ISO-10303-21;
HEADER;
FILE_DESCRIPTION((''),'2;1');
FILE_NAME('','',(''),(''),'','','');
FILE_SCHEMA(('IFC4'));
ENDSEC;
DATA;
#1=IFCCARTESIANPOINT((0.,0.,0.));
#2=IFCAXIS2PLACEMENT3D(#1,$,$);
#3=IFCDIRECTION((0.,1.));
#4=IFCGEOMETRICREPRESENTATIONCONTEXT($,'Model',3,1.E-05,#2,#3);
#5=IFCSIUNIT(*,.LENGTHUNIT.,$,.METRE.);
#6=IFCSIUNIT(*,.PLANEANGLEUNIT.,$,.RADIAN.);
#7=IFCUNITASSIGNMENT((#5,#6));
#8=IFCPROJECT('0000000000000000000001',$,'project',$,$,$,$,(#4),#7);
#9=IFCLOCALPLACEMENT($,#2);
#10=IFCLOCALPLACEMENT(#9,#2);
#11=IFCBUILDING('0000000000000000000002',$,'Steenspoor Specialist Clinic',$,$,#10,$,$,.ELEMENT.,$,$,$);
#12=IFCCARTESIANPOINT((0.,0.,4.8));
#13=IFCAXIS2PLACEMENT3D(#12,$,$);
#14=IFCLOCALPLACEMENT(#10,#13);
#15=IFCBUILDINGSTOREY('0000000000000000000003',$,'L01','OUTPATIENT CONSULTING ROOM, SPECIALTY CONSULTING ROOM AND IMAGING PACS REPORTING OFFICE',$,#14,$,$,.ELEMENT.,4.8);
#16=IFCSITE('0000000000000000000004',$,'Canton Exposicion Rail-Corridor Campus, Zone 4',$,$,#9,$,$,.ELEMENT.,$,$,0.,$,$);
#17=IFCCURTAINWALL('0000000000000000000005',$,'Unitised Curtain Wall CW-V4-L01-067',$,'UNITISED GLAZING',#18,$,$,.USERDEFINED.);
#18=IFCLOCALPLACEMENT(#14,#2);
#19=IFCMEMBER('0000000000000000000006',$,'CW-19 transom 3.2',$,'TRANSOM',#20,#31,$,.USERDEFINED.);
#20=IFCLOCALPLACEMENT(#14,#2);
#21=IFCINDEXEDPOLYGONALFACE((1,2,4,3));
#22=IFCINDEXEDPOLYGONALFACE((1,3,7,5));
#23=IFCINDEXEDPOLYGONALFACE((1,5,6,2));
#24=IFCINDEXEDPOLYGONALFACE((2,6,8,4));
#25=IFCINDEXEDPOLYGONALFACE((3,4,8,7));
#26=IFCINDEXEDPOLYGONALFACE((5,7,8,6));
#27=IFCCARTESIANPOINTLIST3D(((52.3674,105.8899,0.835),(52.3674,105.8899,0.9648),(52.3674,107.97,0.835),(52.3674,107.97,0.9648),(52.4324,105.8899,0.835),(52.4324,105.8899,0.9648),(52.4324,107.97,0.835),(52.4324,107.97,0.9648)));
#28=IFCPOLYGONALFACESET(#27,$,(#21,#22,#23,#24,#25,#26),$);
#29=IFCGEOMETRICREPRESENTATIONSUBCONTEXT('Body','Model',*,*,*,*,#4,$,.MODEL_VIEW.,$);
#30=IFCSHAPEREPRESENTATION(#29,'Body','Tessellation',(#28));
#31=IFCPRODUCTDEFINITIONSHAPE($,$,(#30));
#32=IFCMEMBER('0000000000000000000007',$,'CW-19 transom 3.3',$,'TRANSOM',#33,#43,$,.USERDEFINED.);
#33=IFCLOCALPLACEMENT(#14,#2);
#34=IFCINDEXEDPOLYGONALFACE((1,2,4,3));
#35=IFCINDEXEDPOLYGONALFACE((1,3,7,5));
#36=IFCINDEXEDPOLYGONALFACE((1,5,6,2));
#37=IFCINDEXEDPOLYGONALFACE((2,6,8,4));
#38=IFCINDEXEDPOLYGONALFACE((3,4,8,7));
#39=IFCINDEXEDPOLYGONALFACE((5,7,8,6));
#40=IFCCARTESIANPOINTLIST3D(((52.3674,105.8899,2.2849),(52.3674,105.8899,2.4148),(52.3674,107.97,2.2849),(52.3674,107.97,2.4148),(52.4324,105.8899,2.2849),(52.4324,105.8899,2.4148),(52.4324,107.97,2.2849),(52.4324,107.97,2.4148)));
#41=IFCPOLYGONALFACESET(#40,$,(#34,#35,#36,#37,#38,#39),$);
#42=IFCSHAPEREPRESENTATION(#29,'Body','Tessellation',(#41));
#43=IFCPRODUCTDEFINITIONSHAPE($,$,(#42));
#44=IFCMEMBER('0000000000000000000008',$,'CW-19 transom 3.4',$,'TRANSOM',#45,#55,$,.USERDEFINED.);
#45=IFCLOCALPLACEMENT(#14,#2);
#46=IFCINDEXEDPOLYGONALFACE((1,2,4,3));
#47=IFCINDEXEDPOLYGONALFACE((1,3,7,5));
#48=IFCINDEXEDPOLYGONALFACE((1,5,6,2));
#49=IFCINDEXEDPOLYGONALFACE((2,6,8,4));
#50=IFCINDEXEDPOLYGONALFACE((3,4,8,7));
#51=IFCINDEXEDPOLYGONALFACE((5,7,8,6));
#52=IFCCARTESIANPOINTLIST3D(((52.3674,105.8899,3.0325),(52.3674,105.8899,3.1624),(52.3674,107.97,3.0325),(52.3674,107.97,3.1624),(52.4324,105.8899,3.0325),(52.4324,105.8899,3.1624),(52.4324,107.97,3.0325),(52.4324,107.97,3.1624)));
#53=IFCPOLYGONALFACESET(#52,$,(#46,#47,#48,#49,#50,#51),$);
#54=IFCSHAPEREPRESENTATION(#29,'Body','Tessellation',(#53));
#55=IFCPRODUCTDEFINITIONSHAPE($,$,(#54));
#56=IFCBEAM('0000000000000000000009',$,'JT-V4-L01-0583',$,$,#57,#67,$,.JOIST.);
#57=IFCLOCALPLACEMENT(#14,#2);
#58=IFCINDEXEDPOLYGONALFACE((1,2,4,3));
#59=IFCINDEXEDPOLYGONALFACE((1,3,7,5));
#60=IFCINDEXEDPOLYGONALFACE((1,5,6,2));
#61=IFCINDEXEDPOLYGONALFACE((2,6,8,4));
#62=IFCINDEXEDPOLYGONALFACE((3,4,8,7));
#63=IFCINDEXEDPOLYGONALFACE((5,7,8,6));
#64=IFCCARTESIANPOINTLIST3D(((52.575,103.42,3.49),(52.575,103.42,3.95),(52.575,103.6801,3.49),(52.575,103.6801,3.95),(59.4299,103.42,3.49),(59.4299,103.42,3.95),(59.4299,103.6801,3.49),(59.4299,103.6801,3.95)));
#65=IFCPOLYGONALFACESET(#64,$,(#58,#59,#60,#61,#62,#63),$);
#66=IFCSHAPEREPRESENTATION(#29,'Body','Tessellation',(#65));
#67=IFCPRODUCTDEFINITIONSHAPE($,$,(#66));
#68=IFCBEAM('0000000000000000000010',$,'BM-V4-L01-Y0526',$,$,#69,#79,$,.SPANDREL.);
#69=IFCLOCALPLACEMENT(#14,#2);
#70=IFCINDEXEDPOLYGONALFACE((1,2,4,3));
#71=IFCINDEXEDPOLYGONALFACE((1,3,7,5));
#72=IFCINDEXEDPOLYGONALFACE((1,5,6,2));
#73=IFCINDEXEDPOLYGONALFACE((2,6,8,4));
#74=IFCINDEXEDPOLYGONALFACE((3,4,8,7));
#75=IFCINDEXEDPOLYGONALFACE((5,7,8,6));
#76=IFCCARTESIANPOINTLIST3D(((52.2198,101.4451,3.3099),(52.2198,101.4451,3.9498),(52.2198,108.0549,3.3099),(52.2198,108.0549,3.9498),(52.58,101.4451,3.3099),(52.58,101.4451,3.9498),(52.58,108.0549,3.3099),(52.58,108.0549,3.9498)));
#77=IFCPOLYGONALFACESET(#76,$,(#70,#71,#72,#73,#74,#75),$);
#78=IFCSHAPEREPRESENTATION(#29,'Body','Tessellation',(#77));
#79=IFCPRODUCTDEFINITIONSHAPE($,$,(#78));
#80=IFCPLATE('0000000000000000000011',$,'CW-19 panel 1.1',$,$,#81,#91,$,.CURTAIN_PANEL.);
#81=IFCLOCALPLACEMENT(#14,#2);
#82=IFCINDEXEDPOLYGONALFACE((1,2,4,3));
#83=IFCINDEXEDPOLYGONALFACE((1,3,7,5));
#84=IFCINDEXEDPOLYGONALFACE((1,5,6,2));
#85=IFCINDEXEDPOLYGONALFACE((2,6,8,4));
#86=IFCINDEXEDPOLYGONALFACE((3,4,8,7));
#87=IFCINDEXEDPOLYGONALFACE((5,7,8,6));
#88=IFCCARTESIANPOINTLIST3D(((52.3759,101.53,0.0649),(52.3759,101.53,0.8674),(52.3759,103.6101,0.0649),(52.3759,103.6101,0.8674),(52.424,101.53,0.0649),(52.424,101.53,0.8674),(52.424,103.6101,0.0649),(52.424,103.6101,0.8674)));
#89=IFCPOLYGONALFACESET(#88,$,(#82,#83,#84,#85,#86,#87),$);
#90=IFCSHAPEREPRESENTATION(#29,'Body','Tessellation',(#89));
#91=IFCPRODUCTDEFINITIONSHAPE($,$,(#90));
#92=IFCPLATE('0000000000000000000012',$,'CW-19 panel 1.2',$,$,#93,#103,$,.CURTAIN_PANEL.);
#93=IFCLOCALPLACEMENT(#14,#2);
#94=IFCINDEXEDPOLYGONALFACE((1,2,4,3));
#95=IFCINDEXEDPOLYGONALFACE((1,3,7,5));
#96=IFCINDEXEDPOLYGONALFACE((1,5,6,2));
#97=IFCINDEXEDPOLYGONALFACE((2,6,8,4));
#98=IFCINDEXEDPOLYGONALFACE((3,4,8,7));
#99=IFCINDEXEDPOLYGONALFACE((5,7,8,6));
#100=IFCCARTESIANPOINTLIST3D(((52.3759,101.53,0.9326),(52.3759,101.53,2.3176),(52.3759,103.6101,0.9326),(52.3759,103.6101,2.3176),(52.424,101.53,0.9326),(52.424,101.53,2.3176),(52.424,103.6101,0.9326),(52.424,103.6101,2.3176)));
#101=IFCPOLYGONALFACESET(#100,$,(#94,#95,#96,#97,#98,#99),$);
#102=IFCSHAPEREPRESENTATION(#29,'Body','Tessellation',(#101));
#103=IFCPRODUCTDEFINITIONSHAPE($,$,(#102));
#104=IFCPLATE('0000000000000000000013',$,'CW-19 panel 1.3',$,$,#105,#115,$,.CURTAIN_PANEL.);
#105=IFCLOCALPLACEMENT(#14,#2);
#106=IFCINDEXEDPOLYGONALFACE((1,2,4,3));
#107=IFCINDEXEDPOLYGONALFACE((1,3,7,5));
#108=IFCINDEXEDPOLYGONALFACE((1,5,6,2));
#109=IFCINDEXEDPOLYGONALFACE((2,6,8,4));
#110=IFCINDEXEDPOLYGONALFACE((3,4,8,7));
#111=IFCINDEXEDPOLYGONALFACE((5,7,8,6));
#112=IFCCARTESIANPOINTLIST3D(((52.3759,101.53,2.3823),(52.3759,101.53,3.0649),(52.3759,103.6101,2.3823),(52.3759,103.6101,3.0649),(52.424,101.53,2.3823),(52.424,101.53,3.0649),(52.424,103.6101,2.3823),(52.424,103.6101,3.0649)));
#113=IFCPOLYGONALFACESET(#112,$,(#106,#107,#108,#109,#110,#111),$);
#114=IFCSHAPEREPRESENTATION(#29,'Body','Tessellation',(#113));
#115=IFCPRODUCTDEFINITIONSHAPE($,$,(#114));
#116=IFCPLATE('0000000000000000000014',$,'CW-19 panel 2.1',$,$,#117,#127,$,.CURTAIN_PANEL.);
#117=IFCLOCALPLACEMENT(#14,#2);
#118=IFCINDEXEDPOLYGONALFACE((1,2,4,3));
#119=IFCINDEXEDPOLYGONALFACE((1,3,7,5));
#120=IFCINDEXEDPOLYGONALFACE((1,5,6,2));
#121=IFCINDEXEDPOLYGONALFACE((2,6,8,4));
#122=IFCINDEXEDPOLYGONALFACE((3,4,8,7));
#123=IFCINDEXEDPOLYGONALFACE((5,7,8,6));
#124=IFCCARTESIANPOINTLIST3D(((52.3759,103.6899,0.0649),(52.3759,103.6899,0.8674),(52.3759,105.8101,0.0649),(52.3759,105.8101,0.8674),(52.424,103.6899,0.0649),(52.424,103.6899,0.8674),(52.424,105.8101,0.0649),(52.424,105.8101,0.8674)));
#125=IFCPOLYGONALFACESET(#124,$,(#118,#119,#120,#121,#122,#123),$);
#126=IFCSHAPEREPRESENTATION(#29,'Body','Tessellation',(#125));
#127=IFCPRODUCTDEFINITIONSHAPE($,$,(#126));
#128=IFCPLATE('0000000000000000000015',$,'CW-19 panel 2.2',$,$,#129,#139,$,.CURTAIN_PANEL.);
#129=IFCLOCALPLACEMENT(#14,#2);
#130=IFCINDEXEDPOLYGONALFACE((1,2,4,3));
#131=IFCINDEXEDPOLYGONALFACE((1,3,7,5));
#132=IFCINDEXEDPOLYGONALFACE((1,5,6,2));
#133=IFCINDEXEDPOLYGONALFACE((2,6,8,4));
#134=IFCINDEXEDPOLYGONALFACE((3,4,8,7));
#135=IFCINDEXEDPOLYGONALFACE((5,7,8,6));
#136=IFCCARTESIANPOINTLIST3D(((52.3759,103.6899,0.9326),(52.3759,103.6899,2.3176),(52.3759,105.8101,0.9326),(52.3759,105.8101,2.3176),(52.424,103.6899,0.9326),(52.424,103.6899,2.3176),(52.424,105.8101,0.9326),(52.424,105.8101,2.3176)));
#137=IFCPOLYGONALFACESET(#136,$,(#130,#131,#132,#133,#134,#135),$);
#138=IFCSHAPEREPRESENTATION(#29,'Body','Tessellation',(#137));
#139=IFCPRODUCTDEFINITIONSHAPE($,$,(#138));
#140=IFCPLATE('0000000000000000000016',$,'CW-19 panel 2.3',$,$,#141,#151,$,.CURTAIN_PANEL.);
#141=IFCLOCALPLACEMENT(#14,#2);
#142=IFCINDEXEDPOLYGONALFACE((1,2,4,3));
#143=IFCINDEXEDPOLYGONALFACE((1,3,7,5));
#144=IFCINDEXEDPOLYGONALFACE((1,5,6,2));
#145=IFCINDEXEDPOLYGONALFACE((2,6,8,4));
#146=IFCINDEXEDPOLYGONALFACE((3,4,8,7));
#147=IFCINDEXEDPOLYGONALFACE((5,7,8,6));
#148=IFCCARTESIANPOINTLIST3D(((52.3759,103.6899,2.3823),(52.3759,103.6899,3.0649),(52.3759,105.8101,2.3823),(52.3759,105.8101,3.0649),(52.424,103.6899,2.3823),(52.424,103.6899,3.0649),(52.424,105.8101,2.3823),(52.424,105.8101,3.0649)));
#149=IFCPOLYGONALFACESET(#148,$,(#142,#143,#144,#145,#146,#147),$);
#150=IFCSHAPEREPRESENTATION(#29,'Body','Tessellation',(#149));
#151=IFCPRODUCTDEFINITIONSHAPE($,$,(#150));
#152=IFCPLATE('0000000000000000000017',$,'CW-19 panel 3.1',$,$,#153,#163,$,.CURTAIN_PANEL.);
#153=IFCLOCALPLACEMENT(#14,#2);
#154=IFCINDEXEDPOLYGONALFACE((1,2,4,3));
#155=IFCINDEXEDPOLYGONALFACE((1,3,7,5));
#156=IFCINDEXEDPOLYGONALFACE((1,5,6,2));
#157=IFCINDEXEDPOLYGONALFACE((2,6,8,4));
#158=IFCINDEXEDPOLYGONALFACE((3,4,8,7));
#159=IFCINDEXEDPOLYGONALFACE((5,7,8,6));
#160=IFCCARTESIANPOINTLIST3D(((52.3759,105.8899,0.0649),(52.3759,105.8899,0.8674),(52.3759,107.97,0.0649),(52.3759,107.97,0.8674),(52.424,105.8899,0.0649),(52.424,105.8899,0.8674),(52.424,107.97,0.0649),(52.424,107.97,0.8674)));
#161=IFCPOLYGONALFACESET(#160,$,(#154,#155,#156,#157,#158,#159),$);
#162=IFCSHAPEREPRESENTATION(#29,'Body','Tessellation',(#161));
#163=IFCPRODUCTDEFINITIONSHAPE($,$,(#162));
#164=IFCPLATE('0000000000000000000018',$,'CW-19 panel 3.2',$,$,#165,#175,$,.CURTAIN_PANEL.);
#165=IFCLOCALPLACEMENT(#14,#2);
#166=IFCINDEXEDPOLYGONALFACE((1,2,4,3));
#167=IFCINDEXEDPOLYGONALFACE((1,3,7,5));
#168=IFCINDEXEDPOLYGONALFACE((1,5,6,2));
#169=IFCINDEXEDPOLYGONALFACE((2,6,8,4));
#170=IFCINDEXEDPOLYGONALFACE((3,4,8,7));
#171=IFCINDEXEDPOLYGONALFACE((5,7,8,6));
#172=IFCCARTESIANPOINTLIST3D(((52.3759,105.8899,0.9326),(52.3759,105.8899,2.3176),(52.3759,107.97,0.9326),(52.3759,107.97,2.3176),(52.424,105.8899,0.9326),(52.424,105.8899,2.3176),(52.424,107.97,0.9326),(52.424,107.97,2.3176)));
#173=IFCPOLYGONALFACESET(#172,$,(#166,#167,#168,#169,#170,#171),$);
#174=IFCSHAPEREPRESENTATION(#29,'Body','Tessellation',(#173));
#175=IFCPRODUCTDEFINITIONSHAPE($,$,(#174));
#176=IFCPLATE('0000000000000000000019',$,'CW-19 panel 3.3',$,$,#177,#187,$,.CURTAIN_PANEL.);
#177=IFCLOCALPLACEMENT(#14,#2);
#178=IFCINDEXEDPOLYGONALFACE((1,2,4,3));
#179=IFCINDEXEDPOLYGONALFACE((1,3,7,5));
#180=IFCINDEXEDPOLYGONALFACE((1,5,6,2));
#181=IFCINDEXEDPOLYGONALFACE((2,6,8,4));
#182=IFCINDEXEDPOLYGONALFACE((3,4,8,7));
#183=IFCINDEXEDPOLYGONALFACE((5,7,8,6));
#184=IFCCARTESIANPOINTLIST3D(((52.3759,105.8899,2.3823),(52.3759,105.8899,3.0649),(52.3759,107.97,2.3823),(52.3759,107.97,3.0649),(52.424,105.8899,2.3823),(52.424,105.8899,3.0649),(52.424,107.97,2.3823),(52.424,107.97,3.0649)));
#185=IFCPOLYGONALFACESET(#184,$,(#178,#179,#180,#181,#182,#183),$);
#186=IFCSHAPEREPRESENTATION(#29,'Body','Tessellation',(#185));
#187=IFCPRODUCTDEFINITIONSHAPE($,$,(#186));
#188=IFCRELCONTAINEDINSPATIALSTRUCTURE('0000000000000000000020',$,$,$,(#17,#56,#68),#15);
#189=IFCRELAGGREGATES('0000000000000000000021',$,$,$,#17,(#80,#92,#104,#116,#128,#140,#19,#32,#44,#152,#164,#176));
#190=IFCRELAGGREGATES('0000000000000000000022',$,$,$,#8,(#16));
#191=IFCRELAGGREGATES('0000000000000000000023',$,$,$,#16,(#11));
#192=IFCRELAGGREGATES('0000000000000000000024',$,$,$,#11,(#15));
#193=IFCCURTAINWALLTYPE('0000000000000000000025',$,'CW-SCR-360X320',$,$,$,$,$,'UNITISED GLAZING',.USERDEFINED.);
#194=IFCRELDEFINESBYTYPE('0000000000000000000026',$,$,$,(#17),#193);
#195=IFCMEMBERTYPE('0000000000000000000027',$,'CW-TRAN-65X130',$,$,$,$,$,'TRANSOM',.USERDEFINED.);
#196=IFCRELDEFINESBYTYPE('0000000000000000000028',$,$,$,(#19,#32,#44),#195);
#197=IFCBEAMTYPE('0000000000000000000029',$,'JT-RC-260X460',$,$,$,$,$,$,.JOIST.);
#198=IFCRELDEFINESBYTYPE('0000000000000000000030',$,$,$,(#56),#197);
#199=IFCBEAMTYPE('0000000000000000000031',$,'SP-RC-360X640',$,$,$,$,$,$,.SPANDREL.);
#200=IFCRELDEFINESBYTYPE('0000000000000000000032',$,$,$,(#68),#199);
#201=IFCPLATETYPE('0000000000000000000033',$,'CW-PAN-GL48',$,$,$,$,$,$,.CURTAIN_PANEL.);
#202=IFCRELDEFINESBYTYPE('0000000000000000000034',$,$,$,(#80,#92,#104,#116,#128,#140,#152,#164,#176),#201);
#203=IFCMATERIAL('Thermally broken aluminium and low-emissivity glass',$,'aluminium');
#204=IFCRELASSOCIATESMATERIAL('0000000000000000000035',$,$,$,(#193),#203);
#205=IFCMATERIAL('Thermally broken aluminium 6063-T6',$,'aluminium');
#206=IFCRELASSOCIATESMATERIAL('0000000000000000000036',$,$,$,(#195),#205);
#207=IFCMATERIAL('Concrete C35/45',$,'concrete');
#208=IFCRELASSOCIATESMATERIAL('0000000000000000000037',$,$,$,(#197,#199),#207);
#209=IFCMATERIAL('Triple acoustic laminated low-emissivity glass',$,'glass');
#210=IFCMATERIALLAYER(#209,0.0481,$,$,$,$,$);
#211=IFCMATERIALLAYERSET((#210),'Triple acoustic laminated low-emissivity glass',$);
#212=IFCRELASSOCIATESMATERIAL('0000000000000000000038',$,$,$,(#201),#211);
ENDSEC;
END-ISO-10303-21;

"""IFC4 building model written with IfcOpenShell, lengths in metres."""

from ifc_helpers import new_model, si_unit, direction, frame, origin, origin_2d, place, context, subcontext, project, spatial, rectangle, extrude, material, layer, layer_set, material_profile, profile_set, type_object, element, aggregate, save


model = new_model("IFC4")

# Units and contexts
model_context = context("Model", 3, precision=1e-05, world=origin(), true_north=direction((0.0, 1.0)))
body_context = subcontext(model_context, "Body", "Model", "MODEL_VIEW")
ifc_project = project(units=[si_unit("LENGTHUNIT", "METRE"), si_unit("PLANEANGLEUNIT", "RADIAN")], contexts=[model_context])

# Site, building, storey
site_placement = place(None, origin())
site = spatial("IfcSite", under=ifc_project, at=site_placement, Name="Canton Exposicion Rail-Corridor Campus, Zone 4", CompositionType="ELEMENT", RefElevation=0.0)
building_placement = place(site_placement, origin())
building = spatial("IfcBuilding", under=site, at=building_placement, Name="Steenspoor Specialist Clinic", CompositionType="ELEMENT")
storey_placement = place(building_placement, frame((0.0, 0.0, 4.8)))
storey = spatial("IfcBuildingStorey", under=building, at=storey_placement, Name="L01", Description="OUTPATIENT CONSULTING ROOM, SPECIALTY CONSULTING ROOM AND IMAGING PACS REPORTING OFFICE", CompositionType="ELEMENT", Elevation=4.8)

# Curtain wall, members
ifc_material_1 = material(Name="Thermally broken aluminium and low-emissivity glass", Category="aluminium")
curtain_wall_type = type_object("IfcCurtainWallType", Name="CW-SCR-360X320", ElementType="UNITISED GLAZING", PredefinedType="USERDEFINED", material=ifc_material_1)
curtain_wall_placement = place(storey_placement, origin())
curtain_wall = element("IfcCurtainWall", 1, at=curtain_wall_placement, inside=storey, type_object=curtain_wall_type, Name="Unitised Curtain Wall CW-V4-L01-067", ObjectType="UNITISED GLAZING", PredefinedType="USERDEFINED")
ifc_material_2 = material(Name="Thermally broken aluminium 6063-T6", Category="aluminium")
ifc_material_profile_1 = material_profile(ifc_material_2, rectangle(XDim=0.0649, YDim=0.1299, at=origin_2d()), Name="CWT-65X130")
ifc_profile_set_1 = profile_set([ifc_material_profile_1], Name="Thermally broken aluminium 6063-T6")
member_type_1 = type_object("IfcMemberType", Name="CW-TRAN-65X130", ElementType="TRANSOM", PredefinedType="USERDEFINED", material=ifc_profile_set_1)
member_1_placement = place(storey_placement, frame((52.3999, 105.8899, 0.8999), z_axis=(0.0, 1.0, 0.0), x_axis=(-1.0, 0.0, 0.0)))
member_1 = element("IfcMember", 2, at=member_1_placement, type_object=member_type_1, Name="CW-19 transom 3.2", ObjectType="TRANSOM", PredefinedType="USERDEFINED", context=body_context, shape_type="SweptSolid", body=[
    extrude(rectangle(XDim=0.0649, YDim=0.1299, at=origin_2d()), origin(), (0.0, 0.0, 1.0), 2.0801),
])
member_2_placement = place(storey_placement, frame((52.3999, 105.8899, 2.3499), z_axis=(0.0, 1.0, 0.0), x_axis=(-1.0, 0.0, 0.0)))
member_2 = element("IfcMember", 3, at=member_2_placement, type_object=member_type_1, Name="CW-19 transom 3.3", ObjectType="TRANSOM", PredefinedType="USERDEFINED", context=body_context, shape_type="SweptSolid", body=[
    extrude(rectangle(XDim=0.0649, YDim=0.1299, at=origin_2d()), origin(), (0.0, 0.0, 1.0), 2.0801),
])
member_3_placement = place(storey_placement, frame((52.3999, 105.8899, 3.0974), z_axis=(0.0, 1.0, 0.0), x_axis=(-1.0, 0.0, 0.0)))
member_3 = element("IfcMember", 4, at=member_3_placement, type_object=member_type_1, Name="CW-19 transom 3.4", ObjectType="TRANSOM", PredefinedType="USERDEFINED", context=body_context, shape_type="SweptSolid", body=[
    extrude(rectangle(XDim=0.0649, YDim=0.1299, at=origin_2d()), origin(), (0.0, 0.0, 1.0), 2.0801),
])

# Beams
ifc_material_3 = material(Name="Concrete C35/45", Category="concrete")
ifc_material_profile_2 = material_profile(ifc_material_3, rectangle(XDim=0.26, YDim=0.46, at=origin_2d()), Name="RC-JT-260X460")
ifc_profile_set_2 = profile_set([ifc_material_profile_2], Name="Concrete C35/45")
beam_type_1 = type_object("IfcBeamType", Name="JT-RC-260X460", PredefinedType="JOIST", material=ifc_profile_set_2)
beam_1_placement = place(storey_placement, frame((52.575, 103.55, 3.72), z_axis=(1.0, 0.0, 0.0), x_axis=(0.0, 1.0, 0.0)))
element("IfcBeam", 5, at=beam_1_placement, inside=storey, type_object=beam_type_1, Name="JT-V4-L01-0583", PredefinedType="JOIST", context=body_context, shape_type="SweptSolid", body=[
    extrude(rectangle(XDim=0.26, YDim=0.46, at=origin_2d()), origin(), (0.0, 0.0, 1.0), 6.855),
])
ifc_material_profile_3 = material_profile(ifc_material_3, rectangle(XDim=0.3601, YDim=0.6399, at=origin_2d()), Name="RC-SP-360X640")
ifc_profile_set_3 = profile_set([ifc_material_profile_3], Name="Concrete C35/45")
beam_type_2 = type_object("IfcBeamType", Name="SP-RC-360X640", PredefinedType="SPANDREL", material=ifc_profile_set_3)
beam_2_placement = place(storey_placement, frame((52.3999, 101.4451, 3.6299), z_axis=(0.0, 1.0, 0.0), x_axis=(-1.0, 0.0, 0.0)))
element("IfcBeam", 6, at=beam_2_placement, inside=storey, type_object=beam_type_2, Name="BM-V4-L01-Y0526", PredefinedType="SPANDREL", context=body_context, shape_type="SweptSolid", body=[
    extrude(rectangle(XDim=0.3601, YDim=0.6399, at=origin_2d()), origin(), (0.0, 0.0, 1.0), 6.6099),
])

# Plates
ifc_material_4 = material(Name="Triple acoustic laminated low-emissivity glass", Category="glass")
ifc_layer = layer(ifc_material_4, 0.0481)
ifc_layer_set = layer_set([ifc_layer], Name="Triple acoustic laminated low-emissivity glass")
plate_type = type_object("IfcPlateType", Name="CW-PAN-GL48", PredefinedType="CURTAIN_PANEL", material=ifc_layer_set)
plate_1_placement = place(storey_placement, frame((52.3999, 102.5701, 0.0649), z_axis=(0.0, 0.0, 1.0), x_axis=(0.0, 1.0, 0.0)))
plate_1 = element("IfcPlate", 7, at=plate_1_placement, type_object=plate_type, Name="CW-19 panel 1.1", PredefinedType="CURTAIN_PANEL", context=body_context, shape_type="SweptSolid", body=[
    extrude(rectangle(XDim=2.0801, YDim=0.0481, at=origin_2d()), origin(), (0.0, 0.0, 1.0), 0.8025),
])
plate_2_placement = place(storey_placement, frame((52.3999, 102.5701, 0.9326), z_axis=(0.0, 0.0, 1.0), x_axis=(0.0, 1.0, 0.0)))
plate_2 = element("IfcPlate", 8, at=plate_2_placement, type_object=plate_type, Name="CW-19 panel 1.2", PredefinedType="CURTAIN_PANEL", context=body_context, shape_type="SweptSolid", body=[
    extrude(rectangle(XDim=2.0801, YDim=0.0481, at=origin_2d()), origin(), (0.0, 0.0, 1.0), 1.385),
])
plate_3_placement = place(storey_placement, frame((52.3999, 102.5701, 2.3823), z_axis=(0.0, 0.0, 1.0), x_axis=(0.0, 1.0, 0.0)))
plate_3 = element("IfcPlate", 9, at=plate_3_placement, type_object=plate_type, Name="CW-19 panel 1.3", PredefinedType="CURTAIN_PANEL", context=body_context, shape_type="SweptSolid", body=[
    extrude(rectangle(XDim=2.0801, YDim=0.0481, at=origin_2d()), origin(), (0.0, 0.0, 1.0), 0.6826),
])
plate_4_placement = place(storey_placement, frame((52.3999, 104.75, 0.0649), z_axis=(0.0, 0.0, 1.0), x_axis=(0.0, 1.0, 0.0)))
plate_4 = element("IfcPlate", 10, at=plate_4_placement, type_object=plate_type, Name="CW-19 panel 2.1", PredefinedType="CURTAIN_PANEL", context=body_context, shape_type="SweptSolid", body=[
    extrude(rectangle(XDim=2.1201, YDim=0.0481, at=origin_2d()), origin(), (0.0, 0.0, 1.0), 0.8025),
])
plate_5_placement = place(storey_placement, frame((52.3999, 104.75, 0.9326), z_axis=(0.0, 0.0, 1.0), x_axis=(0.0, 1.0, 0.0)))
plate_5 = element("IfcPlate", 11, at=plate_5_placement, type_object=plate_type, Name="CW-19 panel 2.2", PredefinedType="CURTAIN_PANEL", context=body_context, shape_type="SweptSolid", body=[
    extrude(rectangle(XDim=2.1201, YDim=0.0481, at=origin_2d()), origin(), (0.0, 0.0, 1.0), 1.385),
])
plate_6_placement = place(storey_placement, frame((52.3999, 104.75, 2.3823), z_axis=(0.0, 0.0, 1.0), x_axis=(0.0, 1.0, 0.0)))
plate_6 = element("IfcPlate", 12, at=plate_6_placement, type_object=plate_type, Name="CW-19 panel 2.3", PredefinedType="CURTAIN_PANEL", context=body_context, shape_type="SweptSolid", body=[
    extrude(rectangle(XDim=2.1201, YDim=0.0481, at=origin_2d()), origin(), (0.0, 0.0, 1.0), 0.6826),
])
plate_7_placement = place(storey_placement, frame((52.3999, 106.9299, 0.0649), z_axis=(0.0, 0.0, 1.0), x_axis=(0.0, 1.0, 0.0)))
plate_7 = element("IfcPlate", 13, at=plate_7_placement, type_object=plate_type, Name="CW-19 panel 3.1", PredefinedType="CURTAIN_PANEL", context=body_context, shape_type="SweptSolid", body=[
    extrude(rectangle(XDim=2.0801, YDim=0.0481, at=origin_2d()), origin(), (0.0, 0.0, 1.0), 0.8025),
])
plate_8_placement = place(storey_placement, frame((52.3999, 106.9299, 0.9326), z_axis=(0.0, 0.0, 1.0), x_axis=(0.0, 1.0, 0.0)))
plate_8 = element("IfcPlate", 14, at=plate_8_placement, type_object=plate_type, Name="CW-19 panel 3.2", PredefinedType="CURTAIN_PANEL", context=body_context, shape_type="SweptSolid", body=[
    extrude(rectangle(XDim=2.0801, YDim=0.0481, at=origin_2d()), origin(), (0.0, 0.0, 1.0), 1.385),
])
plate_9_placement = place(storey_placement, frame((52.3999, 106.9299, 2.3823), z_axis=(0.0, 0.0, 1.0), x_axis=(0.0, 1.0, 0.0)))
plate_9 = element("IfcPlate", 15, at=plate_9_placement, type_object=plate_type, Name="CW-19 panel 3.3", PredefinedType="CURTAIN_PANEL", context=body_context, shape_type="SweptSolid", body=[
    extrude(rectangle(XDim=2.0801, YDim=0.0481, at=origin_2d()), origin(), (0.0, 0.0, 1.0), 0.6826),
])
aggregate(curtain_wall, [plate_1, plate_2, plate_3, plate_4, plate_5, plate_6, member_1, member_2, member_3, plate_7, plate_8, plate_9])

save(model, "model.ifc")
